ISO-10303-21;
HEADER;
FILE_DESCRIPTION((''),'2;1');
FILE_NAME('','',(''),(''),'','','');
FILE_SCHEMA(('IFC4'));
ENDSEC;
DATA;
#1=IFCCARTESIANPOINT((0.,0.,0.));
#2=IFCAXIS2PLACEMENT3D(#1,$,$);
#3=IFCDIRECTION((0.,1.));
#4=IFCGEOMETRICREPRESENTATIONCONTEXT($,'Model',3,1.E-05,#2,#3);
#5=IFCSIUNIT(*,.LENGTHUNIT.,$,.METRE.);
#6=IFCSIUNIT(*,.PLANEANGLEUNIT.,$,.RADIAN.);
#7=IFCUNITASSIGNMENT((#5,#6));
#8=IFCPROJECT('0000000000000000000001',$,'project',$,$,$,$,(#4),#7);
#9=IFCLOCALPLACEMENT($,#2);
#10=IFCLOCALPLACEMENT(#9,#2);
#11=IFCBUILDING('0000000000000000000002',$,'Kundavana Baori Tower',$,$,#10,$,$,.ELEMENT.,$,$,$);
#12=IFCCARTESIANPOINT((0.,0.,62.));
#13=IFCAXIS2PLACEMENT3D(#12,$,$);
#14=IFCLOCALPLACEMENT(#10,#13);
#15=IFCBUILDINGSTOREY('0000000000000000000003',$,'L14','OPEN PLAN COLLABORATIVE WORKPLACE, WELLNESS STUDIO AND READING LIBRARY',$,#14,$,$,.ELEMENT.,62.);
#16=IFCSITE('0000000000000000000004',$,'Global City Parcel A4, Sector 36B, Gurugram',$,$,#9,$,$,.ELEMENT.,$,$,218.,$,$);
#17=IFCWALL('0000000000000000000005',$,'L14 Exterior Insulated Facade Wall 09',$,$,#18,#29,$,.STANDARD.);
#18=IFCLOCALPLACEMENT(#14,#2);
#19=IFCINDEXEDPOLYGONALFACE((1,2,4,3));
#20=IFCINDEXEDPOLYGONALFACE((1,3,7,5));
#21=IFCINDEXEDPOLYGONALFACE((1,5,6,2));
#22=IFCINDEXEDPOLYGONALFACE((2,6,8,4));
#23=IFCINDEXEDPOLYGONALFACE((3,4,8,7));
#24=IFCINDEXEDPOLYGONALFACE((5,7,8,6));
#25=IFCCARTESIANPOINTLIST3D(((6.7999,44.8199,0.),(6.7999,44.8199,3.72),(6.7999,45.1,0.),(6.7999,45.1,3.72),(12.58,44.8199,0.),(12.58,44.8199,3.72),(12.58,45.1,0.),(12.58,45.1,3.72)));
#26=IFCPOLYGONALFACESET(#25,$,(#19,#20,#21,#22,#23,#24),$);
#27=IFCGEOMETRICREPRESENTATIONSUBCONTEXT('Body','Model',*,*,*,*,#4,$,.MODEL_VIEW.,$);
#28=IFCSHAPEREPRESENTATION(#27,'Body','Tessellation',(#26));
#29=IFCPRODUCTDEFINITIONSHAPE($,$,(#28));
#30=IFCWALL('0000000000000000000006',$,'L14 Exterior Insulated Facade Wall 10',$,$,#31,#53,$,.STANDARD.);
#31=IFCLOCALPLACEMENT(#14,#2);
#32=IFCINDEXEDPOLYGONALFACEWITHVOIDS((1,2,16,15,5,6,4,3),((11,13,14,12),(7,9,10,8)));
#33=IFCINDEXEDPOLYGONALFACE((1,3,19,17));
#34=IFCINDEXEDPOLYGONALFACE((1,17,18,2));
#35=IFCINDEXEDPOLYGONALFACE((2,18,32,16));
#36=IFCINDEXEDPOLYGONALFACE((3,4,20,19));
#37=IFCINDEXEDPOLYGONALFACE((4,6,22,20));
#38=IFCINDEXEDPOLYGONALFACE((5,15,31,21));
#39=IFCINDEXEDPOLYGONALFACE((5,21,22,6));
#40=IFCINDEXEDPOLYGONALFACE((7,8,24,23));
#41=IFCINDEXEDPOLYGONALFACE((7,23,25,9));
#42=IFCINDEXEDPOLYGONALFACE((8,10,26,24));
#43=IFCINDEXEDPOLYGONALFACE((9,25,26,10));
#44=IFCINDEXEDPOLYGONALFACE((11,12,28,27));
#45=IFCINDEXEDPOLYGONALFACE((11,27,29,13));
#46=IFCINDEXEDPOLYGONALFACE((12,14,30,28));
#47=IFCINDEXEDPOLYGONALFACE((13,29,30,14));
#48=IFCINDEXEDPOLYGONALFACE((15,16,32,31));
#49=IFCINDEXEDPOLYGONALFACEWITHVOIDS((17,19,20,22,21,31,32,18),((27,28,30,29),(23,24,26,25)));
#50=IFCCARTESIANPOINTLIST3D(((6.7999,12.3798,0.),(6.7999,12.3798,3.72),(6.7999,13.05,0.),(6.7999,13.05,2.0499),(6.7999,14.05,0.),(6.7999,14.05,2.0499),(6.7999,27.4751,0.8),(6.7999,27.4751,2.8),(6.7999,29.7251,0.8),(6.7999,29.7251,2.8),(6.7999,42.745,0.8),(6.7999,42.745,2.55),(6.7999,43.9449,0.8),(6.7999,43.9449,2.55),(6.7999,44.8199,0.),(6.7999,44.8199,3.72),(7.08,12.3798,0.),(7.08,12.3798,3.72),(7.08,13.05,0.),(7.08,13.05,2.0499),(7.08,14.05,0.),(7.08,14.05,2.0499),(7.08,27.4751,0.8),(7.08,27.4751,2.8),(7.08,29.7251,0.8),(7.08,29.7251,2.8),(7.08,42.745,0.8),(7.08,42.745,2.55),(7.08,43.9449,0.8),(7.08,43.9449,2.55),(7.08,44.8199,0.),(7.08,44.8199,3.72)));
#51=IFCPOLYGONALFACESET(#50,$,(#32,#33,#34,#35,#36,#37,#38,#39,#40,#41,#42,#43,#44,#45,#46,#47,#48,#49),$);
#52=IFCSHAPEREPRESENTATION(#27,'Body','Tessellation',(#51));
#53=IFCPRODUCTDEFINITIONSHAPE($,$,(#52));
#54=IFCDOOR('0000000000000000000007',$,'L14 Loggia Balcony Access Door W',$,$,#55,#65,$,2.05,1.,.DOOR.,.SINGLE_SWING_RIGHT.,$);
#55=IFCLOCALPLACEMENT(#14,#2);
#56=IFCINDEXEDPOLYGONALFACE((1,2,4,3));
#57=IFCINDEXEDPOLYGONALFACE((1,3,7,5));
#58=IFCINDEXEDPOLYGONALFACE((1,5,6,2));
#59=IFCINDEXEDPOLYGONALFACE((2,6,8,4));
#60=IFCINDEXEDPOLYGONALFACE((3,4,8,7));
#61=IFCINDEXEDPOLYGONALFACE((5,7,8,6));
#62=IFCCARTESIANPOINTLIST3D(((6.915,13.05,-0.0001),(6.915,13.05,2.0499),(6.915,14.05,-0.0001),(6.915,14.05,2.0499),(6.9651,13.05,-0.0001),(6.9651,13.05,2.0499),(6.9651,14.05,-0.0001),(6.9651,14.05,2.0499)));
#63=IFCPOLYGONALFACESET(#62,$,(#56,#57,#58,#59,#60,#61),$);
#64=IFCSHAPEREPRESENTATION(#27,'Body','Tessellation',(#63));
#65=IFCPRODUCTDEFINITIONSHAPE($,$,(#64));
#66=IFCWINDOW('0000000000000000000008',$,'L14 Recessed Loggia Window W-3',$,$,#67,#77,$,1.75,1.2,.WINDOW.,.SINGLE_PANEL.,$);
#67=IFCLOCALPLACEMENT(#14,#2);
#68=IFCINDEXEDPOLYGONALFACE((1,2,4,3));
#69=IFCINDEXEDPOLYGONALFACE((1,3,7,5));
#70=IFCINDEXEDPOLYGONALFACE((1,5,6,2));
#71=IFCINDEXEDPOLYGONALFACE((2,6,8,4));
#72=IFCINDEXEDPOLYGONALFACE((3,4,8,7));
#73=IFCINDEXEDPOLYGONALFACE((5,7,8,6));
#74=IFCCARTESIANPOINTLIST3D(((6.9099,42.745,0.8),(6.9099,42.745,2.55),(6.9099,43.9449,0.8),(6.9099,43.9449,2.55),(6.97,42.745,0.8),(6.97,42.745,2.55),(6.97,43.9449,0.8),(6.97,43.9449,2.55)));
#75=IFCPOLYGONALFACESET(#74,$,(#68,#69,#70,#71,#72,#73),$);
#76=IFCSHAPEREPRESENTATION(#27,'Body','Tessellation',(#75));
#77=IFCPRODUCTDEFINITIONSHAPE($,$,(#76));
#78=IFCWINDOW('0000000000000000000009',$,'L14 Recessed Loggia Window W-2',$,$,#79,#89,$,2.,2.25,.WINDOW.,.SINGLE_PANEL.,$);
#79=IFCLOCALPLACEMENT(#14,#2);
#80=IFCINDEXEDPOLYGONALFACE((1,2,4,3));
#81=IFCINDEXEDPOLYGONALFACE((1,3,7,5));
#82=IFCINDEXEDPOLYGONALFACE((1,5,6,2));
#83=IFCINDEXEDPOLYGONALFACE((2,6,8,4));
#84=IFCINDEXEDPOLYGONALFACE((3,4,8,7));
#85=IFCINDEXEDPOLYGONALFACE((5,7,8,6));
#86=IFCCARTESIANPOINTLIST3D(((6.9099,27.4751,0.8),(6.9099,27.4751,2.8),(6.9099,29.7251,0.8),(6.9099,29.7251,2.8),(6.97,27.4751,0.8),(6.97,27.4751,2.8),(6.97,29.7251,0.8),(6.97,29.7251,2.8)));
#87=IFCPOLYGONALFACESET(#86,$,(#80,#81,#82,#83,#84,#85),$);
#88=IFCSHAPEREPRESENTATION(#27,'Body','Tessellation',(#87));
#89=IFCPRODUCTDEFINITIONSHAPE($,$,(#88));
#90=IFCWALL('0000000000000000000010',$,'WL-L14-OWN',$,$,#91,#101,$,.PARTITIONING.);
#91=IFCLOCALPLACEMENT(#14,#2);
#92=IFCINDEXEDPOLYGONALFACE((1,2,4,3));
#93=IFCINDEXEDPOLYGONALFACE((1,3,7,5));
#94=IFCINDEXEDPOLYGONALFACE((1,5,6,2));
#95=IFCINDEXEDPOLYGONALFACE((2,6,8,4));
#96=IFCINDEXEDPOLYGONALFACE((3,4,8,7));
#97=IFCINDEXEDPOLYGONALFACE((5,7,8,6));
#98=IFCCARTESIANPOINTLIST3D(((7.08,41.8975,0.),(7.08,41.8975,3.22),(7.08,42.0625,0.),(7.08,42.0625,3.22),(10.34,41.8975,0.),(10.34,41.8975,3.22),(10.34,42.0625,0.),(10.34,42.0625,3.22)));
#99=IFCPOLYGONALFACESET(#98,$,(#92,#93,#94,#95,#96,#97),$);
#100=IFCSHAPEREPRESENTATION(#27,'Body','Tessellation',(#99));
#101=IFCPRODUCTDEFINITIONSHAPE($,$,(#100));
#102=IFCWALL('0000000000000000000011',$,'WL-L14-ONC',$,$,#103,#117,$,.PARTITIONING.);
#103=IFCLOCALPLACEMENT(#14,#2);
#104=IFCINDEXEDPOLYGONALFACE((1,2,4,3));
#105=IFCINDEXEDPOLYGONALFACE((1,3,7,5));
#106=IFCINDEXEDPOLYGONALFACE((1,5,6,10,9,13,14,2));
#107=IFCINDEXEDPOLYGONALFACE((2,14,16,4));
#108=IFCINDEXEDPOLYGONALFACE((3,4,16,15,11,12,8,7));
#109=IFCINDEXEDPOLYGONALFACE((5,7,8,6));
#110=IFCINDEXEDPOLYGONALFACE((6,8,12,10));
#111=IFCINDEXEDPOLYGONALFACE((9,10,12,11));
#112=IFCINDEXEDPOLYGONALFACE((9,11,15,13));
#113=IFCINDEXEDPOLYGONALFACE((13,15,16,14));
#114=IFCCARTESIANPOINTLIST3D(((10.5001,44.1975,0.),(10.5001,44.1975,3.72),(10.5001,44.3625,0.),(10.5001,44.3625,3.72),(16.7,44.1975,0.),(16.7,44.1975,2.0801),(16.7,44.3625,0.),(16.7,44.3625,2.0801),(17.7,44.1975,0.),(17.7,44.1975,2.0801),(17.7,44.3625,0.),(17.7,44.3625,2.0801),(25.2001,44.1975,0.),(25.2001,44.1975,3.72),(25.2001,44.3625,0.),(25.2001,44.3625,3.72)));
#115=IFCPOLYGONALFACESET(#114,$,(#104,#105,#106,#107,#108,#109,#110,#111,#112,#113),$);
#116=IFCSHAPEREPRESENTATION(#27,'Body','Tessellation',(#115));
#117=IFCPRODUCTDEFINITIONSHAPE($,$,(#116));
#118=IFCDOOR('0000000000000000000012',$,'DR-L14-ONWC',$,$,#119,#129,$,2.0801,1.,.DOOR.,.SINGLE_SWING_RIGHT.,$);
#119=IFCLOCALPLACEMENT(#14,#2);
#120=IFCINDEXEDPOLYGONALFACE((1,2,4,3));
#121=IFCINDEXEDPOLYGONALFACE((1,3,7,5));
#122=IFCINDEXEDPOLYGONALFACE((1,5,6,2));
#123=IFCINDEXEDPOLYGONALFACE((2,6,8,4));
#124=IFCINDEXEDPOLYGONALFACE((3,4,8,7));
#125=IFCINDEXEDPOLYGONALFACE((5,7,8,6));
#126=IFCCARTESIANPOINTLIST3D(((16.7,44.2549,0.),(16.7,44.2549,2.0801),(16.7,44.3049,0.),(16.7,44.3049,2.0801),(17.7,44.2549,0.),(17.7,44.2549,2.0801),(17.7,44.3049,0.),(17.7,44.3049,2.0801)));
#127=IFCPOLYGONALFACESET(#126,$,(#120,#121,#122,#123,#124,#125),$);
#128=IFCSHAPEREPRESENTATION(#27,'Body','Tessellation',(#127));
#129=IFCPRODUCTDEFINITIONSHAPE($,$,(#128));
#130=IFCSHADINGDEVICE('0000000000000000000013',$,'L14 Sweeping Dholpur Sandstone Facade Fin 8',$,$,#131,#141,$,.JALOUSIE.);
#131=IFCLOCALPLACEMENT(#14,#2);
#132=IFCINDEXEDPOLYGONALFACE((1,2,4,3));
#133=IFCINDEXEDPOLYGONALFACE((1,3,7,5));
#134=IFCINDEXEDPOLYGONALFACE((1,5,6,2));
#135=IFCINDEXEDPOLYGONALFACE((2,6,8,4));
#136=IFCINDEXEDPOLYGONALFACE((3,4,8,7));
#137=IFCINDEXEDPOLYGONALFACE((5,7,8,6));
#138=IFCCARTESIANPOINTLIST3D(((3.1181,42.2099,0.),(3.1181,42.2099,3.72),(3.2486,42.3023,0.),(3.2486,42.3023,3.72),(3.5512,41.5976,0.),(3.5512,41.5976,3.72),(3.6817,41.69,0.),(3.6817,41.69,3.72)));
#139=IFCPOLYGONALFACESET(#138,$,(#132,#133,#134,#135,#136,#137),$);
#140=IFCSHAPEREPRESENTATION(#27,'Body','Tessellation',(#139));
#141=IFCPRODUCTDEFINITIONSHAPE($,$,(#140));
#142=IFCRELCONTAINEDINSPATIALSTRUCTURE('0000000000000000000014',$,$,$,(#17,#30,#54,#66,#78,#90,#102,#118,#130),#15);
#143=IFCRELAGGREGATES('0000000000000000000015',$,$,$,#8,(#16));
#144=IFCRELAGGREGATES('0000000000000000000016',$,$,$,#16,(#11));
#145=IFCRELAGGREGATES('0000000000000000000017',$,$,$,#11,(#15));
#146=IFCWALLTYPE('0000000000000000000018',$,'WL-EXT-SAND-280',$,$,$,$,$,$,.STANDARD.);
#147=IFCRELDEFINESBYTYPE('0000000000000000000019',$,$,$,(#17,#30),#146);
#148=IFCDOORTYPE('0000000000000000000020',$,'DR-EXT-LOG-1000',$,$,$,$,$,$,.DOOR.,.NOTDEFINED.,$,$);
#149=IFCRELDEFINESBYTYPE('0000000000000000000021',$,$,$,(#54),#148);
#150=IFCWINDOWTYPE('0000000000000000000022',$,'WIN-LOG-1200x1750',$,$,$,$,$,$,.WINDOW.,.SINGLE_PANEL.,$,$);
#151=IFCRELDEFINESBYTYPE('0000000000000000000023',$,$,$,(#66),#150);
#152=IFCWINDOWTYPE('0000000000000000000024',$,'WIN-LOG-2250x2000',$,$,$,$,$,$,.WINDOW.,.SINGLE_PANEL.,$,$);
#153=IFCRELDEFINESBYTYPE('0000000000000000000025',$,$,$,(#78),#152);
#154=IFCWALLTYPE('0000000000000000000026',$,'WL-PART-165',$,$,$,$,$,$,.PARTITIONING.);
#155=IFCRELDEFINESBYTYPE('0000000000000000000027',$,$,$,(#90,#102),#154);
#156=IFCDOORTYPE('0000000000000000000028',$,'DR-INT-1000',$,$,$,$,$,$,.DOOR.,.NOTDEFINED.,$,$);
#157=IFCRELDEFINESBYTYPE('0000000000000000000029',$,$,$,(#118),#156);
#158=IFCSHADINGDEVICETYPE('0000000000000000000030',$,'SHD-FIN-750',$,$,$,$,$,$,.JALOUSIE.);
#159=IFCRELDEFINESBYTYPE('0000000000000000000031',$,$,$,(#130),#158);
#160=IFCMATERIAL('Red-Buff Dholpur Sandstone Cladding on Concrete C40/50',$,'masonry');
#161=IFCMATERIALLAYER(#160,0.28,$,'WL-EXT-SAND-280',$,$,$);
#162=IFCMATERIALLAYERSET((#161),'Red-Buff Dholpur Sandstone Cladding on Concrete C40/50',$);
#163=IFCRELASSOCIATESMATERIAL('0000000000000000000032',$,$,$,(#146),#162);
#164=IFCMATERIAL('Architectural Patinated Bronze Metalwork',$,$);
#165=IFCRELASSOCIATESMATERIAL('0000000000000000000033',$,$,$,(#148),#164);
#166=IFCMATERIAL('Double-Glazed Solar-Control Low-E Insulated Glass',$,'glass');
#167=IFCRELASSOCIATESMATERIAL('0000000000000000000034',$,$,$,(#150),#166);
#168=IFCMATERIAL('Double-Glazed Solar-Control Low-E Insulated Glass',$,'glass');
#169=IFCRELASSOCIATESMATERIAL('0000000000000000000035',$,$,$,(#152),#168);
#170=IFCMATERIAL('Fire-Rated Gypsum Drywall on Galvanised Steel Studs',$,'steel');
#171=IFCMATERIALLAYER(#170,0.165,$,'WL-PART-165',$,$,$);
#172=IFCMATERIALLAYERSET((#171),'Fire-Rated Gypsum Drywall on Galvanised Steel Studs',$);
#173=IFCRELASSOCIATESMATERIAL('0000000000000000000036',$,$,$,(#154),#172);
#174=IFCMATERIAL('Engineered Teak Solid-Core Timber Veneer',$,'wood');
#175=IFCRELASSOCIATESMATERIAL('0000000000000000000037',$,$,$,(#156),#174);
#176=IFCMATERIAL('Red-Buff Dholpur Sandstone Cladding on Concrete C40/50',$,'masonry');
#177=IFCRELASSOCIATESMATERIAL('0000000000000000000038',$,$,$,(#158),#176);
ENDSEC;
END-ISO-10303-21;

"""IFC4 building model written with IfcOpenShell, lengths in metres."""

from ifc_helpers import new_model, si_unit, direction, frame, frame_2d, origin, origin_2d, place, context, subcontext, project, spatial, rectangle, extrude, material, layer, layer_set, type_object, element, fill, save


model = new_model("IFC4")

# Units and contexts
model_context = context("Model", 3, precision=1e-05, world=origin(), true_north=direction((0.0, 1.0)))
body_context = subcontext(model_context, "Body", "Model", "MODEL_VIEW")
ifc_project = project(units=[si_unit("LENGTHUNIT", "METRE"), si_unit("PLANEANGLEUNIT", "RADIAN")], contexts=[model_context])

# Site, building, storey
site_placement = place(None, origin())
site = spatial("IfcSite", under=ifc_project, at=site_placement, Name="Global City Parcel A4, Sector 36B, Gurugram", CompositionType="ELEMENT", RefElevation=218.0)
building_placement = place(site_placement, origin())
building = spatial("IfcBuilding", under=site, at=building_placement, Name="Kundavana Baori Tower", CompositionType="ELEMENT")
storey_placement = place(building_placement, frame((0.0, 0.0, 62.0)))
storey = spatial("IfcBuildingStorey", under=building, at=storey_placement, Name="L14", Description="OPEN PLAN COLLABORATIVE WORKPLACE, WELLNESS STUDIO AND READING LIBRARY", CompositionType="ELEMENT", Elevation=62.0)

# Wall
ifc_material_1 = material(Name="Red-Buff Dholpur Sandstone Cladding on Concrete C40/50", Category="masonry")
ifc_layer_1 = layer(ifc_material_1, 0.28, Name="WL-EXT-SAND-280")
ifc_layer_set_1 = layer_set([ifc_layer_1], Name="Red-Buff Dholpur Sandstone Cladding on Concrete C40/50")
wall_type_1 = type_object("IfcWallType", Name="WL-EXT-SAND-280", PredefinedType="STANDARD", material=ifc_layer_set_1)
wall_1_placement = place(storey_placement, frame((12.5801, 44.96, 0.0), z_axis=(0.0, 0.0, 1.0), x_axis=(-1.0, 0.0, 0.0)))
element("IfcWall", 1, at=wall_1_placement, inside=storey, type_object=wall_type_1, Name="L14 Exterior Insulated Facade Wall 09", PredefinedType="STANDARD", context=body_context, shape_type="SweptSolid", body=[
    extrude(rectangle(XDim=5.78, YDim=0.28, at=frame_2d((2.8901, 0.0))), origin(), (0.0, 0.0, 1.0), 3.72),
])

# Wall, openings, door, windows
wall_2_placement = place(storey_placement, frame((6.9399, 44.8201, 0.0), z_axis=(0.0, 0.0, 1.0), x_axis=(0.0, -1.0, 0.0)))
wall_2 = element("IfcWall", 2, at=wall_2_placement, inside=storey, type_object=wall_type_1, Name="L14 Exterior Insulated Facade Wall 10", PredefinedType="STANDARD", context=body_context, shape_type="SweptSolid", body=[
    extrude(rectangle(XDim=32.4402, YDim=0.28, at=frame_2d((16.2202, 0.0))), origin(), (0.0, 0.0, 1.0), 3.72),
])
opening_1_placement = place(wall_2_placement, frame((30.77, 0.0, 0.0)))
opening_1 = element("IfcOpeningElement", 3, at=opening_1_placement, cuts=wall_2, PredefinedType="OPENING", context=body_context, shape_type="SweptSolid", body=[
    extrude(rectangle(XDim=1.0, YDim=2.05, at=frame_2d((0.5, 1.0249))), frame((0.0, 0.1499, 0.0), z_axis=(0.0, -1.0, 0.0), x_axis=(1.0, 0.0, 0.0)), (0.0, 0.0, 1.0), 0.3),
])
opening_2_placement = place(wall_2_placement, frame((15.095, 0.0, 0.8)))
opening_2 = element("IfcOpeningElement", 4, at=opening_2_placement, cuts=wall_2, PredefinedType="OPENING", context=body_context, shape_type="SweptSolid", body=[
    extrude(rectangle(XDim=2.25, YDim=2.0, at=frame_2d((1.125, 1.0))), frame((0.0, 0.1499, 0.0), z_axis=(0.0, -1.0, 0.0), x_axis=(1.0, 0.0, 0.0)), (0.0, 0.0, 1.0), 0.3),
])
opening_3_placement = place(wall_2_placement, frame((0.875, 0.0, 0.8)))
opening_3 = element("IfcOpeningElement", 5, at=opening_3_placement, cuts=wall_2, PredefinedType="OPENING", context=body_context, shape_type="SweptSolid", body=[
    extrude(rectangle(XDim=1.2, YDim=1.75, at=frame_2d((0.6001, 0.875))), frame((0.0, 0.1499, 0.0), z_axis=(0.0, -1.0, 0.0), x_axis=(1.0, 0.0, 0.0)), (0.0, 0.0, 1.0), 0.3),
])
ifc_material_2 = material(Name="Architectural Patinated Bronze Metalwork")
door_type_1 = type_object("IfcDoorType", Name="DR-EXT-LOG-1000", OperationType="NOTDEFINED", PredefinedType="DOOR", material=ifc_material_2)
door_1_placement = place(opening_1_placement, frame((1.0, 0.0, 0.0), z_axis=(0.0, 0.0, 1.0), x_axis=(-1.0, 0.0, 0.0)))
door_1 = element("IfcDoor", 6, at=door_1_placement, inside=storey, type_object=door_type_1, Name="L14 Loggia Balcony Access Door W", OperationType="SINGLE_SWING_RIGHT", OverallHeight=2.05, OverallWidth=1.0, PredefinedType="DOOR", context=body_context, shape_type="SweptSolid", body=[
    extrude(rectangle(XDim=1.0, YDim=2.05, at=frame_2d((0.5, 1.0249))), frame((0.0, 0.0249, 0.0), z_axis=(0.0, -1.0, 0.0), x_axis=(1.0, 0.0, 0.0)), (0.0, 0.0, 1.0), 0.05),
])
fill(opening_1, door_1)
ifc_material_3 = material(Name="Double-Glazed Solar-Control Low-E Insulated Glass", Category="glass")
window_type_1 = type_object("IfcWindowType", Name="WIN-LOG-1200x1750", PartitioningType="SINGLE_PANEL", PredefinedType="WINDOW", material=ifc_material_3)
window_1_placement = place(opening_3_placement, origin())
window_1 = element("IfcWindow", 7, at=window_1_placement, inside=storey, type_object=window_type_1, Name="L14 Recessed Loggia Window W-3", OverallHeight=1.75, OverallWidth=1.2, PartitioningType="SINGLE_PANEL", PredefinedType="WINDOW", context=body_context, shape_type="SweptSolid", body=[
    extrude(rectangle(XDim=1.2, YDim=1.75, at=frame_2d((0.6001, 0.875))), frame((0.0, 0.03, 0.0), z_axis=(0.0, -1.0, 0.0), x_axis=(1.0, 0.0, 0.0)), (0.0, 0.0, 1.0), 0.0601),
])
fill(opening_3, window_1)
ifc_material_4 = material(Name="Double-Glazed Solar-Control Low-E Insulated Glass", Category="glass")
window_type_2 = type_object("IfcWindowType", Name="WIN-LOG-2250x2000", PartitioningType="SINGLE_PANEL", PredefinedType="WINDOW", material=ifc_material_4)
window_2_placement = place(opening_2_placement, origin())
window_2 = element("IfcWindow", 8, at=window_2_placement, inside=storey, type_object=window_type_2, Name="L14 Recessed Loggia Window W-2", OverallHeight=2.0, OverallWidth=2.25, PartitioningType="SINGLE_PANEL", PredefinedType="WINDOW", context=body_context, shape_type="SweptSolid", body=[
    extrude(rectangle(XDim=2.25, YDim=2.0, at=frame_2d((1.125, 1.0))), frame((0.0, 0.03, 0.0), z_axis=(0.0, -1.0, 0.0), x_axis=(1.0, 0.0, 0.0)), (0.0, 0.0, 1.0), 0.0601),
])
fill(opening_2, window_2)

# Wall
ifc_material_5 = material(Name="Fire-Rated Gypsum Drywall on Galvanised Steel Studs", Category="steel")
ifc_layer_2 = layer(ifc_material_5, 0.165, Name="WL-PART-165")
ifc_layer_set_2 = layer_set([ifc_layer_2], Name="Fire-Rated Gypsum Drywall on Galvanised Steel Studs")
wall_type_2 = type_object("IfcWallType", Name="WL-PART-165", PredefinedType="PARTITIONING", material=ifc_layer_set_2)
wall_3_placement = place(storey_placement, frame((7.0801, 41.98, 0.0), z_axis=(0.0, 0.0, 1.0), x_axis=(1.0, 0.0, 0.0)))
element("IfcWall", 9, at=wall_3_placement, inside=storey, type_object=wall_type_2, Name="WL-L14-OWN", PredefinedType="PARTITIONING", context=body_context, shape_type="SweptSolid", body=[
    extrude(rectangle(XDim=3.26, YDim=0.165, at=frame_2d((1.6299, 0.0))), origin(), (0.0, 0.0, 1.0), 3.22),
])

# Wall, opening, door
wall_4_placement = place(storey_placement, frame((10.5, 44.28, 0.0), z_axis=(0.0, 0.0, 1.0), x_axis=(1.0, 0.0, 0.0)))
wall_4 = element("IfcWall", 10, at=wall_4_placement, inside=storey, type_object=wall_type_2, Name="WL-L14-ONC", PredefinedType="PARTITIONING", context=body_context, shape_type="SweptSolid", body=[
    extrude(rectangle(XDim=14.7, YDim=0.165, at=frame_2d((7.3501, 0.0))), origin(), (0.0, 0.0, 1.0), 3.72),
])
opening_4_placement = place(wall_4_placement, frame((6.2, 0.0, 0.0)))
opening_4 = element("IfcOpeningElement", 11, at=opening_4_placement, cuts=wall_4, PredefinedType="OPENING", context=body_context, shape_type="SweptSolid", body=[
    extrude(rectangle(XDim=1.0, YDim=2.0801, at=frame_2d((0.5, 1.04))), frame((0.0, 0.0925, 0.0), z_axis=(0.0, -1.0, 0.0), x_axis=(1.0, 0.0, 0.0)), (0.0, 0.0, 1.0), 0.1851),
])
ifc_material_6 = material(Name="Engineered Teak Solid-Core Timber Veneer", Category="wood")
door_type_2 = type_object("IfcDoorType", Name="DR-INT-1000", OperationType="NOTDEFINED", PredefinedType="DOOR", material=ifc_material_6)
door_2_placement = place(opening_4_placement, origin())
door_2 = element("IfcDoor", 12, at=door_2_placement, inside=storey, type_object=door_type_2, Name="DR-L14-ONWC", OperationType="SINGLE_SWING_RIGHT", OverallHeight=2.0801, OverallWidth=1.0, PredefinedType="DOOR", context=body_context, shape_type="SweptSolid", body=[
    extrude(rectangle(XDim=1.0, YDim=2.0801, at=frame_2d((0.5, 1.04))), frame((0.0, 0.0249, 0.0), z_axis=(0.0, -1.0, 0.0), x_axis=(1.0, 0.0, 0.0)), (0.0, 0.0, 1.0), 0.05),
])
fill(opening_4, door_2)

# Shading device
ifc_material_7 = material(Name="Red-Buff Dholpur Sandstone Cladding on Concrete C40/50", Category="masonry")
shading_device_type = type_object("IfcShadingDeviceType", Name="SHD-FIN-750", PredefinedType="JALOUSIE", material=ifc_material_7)
shading_device_placement = place(storey_placement, frame((3.3999, 41.95, 0.0), z_axis=(0.0, 0.0, 1.0), x_axis=(0.81644, 0.57743, 0.0)))
element("IfcShadingDevice", 13, at=shading_device_placement, inside=storey, type_object=shading_device_type, Name="L14 Sweeping Dholpur Sandstone Facade Fin 8", PredefinedType="JALOUSIE", context=body_context, shape_type="SweptSolid", body=[
    extrude(rectangle(XDim=0.1599, YDim=0.75, at=origin_2d()), origin(), (0.0, 0.0, 1.0), 3.72),
])

save(model, "model.ifc")
